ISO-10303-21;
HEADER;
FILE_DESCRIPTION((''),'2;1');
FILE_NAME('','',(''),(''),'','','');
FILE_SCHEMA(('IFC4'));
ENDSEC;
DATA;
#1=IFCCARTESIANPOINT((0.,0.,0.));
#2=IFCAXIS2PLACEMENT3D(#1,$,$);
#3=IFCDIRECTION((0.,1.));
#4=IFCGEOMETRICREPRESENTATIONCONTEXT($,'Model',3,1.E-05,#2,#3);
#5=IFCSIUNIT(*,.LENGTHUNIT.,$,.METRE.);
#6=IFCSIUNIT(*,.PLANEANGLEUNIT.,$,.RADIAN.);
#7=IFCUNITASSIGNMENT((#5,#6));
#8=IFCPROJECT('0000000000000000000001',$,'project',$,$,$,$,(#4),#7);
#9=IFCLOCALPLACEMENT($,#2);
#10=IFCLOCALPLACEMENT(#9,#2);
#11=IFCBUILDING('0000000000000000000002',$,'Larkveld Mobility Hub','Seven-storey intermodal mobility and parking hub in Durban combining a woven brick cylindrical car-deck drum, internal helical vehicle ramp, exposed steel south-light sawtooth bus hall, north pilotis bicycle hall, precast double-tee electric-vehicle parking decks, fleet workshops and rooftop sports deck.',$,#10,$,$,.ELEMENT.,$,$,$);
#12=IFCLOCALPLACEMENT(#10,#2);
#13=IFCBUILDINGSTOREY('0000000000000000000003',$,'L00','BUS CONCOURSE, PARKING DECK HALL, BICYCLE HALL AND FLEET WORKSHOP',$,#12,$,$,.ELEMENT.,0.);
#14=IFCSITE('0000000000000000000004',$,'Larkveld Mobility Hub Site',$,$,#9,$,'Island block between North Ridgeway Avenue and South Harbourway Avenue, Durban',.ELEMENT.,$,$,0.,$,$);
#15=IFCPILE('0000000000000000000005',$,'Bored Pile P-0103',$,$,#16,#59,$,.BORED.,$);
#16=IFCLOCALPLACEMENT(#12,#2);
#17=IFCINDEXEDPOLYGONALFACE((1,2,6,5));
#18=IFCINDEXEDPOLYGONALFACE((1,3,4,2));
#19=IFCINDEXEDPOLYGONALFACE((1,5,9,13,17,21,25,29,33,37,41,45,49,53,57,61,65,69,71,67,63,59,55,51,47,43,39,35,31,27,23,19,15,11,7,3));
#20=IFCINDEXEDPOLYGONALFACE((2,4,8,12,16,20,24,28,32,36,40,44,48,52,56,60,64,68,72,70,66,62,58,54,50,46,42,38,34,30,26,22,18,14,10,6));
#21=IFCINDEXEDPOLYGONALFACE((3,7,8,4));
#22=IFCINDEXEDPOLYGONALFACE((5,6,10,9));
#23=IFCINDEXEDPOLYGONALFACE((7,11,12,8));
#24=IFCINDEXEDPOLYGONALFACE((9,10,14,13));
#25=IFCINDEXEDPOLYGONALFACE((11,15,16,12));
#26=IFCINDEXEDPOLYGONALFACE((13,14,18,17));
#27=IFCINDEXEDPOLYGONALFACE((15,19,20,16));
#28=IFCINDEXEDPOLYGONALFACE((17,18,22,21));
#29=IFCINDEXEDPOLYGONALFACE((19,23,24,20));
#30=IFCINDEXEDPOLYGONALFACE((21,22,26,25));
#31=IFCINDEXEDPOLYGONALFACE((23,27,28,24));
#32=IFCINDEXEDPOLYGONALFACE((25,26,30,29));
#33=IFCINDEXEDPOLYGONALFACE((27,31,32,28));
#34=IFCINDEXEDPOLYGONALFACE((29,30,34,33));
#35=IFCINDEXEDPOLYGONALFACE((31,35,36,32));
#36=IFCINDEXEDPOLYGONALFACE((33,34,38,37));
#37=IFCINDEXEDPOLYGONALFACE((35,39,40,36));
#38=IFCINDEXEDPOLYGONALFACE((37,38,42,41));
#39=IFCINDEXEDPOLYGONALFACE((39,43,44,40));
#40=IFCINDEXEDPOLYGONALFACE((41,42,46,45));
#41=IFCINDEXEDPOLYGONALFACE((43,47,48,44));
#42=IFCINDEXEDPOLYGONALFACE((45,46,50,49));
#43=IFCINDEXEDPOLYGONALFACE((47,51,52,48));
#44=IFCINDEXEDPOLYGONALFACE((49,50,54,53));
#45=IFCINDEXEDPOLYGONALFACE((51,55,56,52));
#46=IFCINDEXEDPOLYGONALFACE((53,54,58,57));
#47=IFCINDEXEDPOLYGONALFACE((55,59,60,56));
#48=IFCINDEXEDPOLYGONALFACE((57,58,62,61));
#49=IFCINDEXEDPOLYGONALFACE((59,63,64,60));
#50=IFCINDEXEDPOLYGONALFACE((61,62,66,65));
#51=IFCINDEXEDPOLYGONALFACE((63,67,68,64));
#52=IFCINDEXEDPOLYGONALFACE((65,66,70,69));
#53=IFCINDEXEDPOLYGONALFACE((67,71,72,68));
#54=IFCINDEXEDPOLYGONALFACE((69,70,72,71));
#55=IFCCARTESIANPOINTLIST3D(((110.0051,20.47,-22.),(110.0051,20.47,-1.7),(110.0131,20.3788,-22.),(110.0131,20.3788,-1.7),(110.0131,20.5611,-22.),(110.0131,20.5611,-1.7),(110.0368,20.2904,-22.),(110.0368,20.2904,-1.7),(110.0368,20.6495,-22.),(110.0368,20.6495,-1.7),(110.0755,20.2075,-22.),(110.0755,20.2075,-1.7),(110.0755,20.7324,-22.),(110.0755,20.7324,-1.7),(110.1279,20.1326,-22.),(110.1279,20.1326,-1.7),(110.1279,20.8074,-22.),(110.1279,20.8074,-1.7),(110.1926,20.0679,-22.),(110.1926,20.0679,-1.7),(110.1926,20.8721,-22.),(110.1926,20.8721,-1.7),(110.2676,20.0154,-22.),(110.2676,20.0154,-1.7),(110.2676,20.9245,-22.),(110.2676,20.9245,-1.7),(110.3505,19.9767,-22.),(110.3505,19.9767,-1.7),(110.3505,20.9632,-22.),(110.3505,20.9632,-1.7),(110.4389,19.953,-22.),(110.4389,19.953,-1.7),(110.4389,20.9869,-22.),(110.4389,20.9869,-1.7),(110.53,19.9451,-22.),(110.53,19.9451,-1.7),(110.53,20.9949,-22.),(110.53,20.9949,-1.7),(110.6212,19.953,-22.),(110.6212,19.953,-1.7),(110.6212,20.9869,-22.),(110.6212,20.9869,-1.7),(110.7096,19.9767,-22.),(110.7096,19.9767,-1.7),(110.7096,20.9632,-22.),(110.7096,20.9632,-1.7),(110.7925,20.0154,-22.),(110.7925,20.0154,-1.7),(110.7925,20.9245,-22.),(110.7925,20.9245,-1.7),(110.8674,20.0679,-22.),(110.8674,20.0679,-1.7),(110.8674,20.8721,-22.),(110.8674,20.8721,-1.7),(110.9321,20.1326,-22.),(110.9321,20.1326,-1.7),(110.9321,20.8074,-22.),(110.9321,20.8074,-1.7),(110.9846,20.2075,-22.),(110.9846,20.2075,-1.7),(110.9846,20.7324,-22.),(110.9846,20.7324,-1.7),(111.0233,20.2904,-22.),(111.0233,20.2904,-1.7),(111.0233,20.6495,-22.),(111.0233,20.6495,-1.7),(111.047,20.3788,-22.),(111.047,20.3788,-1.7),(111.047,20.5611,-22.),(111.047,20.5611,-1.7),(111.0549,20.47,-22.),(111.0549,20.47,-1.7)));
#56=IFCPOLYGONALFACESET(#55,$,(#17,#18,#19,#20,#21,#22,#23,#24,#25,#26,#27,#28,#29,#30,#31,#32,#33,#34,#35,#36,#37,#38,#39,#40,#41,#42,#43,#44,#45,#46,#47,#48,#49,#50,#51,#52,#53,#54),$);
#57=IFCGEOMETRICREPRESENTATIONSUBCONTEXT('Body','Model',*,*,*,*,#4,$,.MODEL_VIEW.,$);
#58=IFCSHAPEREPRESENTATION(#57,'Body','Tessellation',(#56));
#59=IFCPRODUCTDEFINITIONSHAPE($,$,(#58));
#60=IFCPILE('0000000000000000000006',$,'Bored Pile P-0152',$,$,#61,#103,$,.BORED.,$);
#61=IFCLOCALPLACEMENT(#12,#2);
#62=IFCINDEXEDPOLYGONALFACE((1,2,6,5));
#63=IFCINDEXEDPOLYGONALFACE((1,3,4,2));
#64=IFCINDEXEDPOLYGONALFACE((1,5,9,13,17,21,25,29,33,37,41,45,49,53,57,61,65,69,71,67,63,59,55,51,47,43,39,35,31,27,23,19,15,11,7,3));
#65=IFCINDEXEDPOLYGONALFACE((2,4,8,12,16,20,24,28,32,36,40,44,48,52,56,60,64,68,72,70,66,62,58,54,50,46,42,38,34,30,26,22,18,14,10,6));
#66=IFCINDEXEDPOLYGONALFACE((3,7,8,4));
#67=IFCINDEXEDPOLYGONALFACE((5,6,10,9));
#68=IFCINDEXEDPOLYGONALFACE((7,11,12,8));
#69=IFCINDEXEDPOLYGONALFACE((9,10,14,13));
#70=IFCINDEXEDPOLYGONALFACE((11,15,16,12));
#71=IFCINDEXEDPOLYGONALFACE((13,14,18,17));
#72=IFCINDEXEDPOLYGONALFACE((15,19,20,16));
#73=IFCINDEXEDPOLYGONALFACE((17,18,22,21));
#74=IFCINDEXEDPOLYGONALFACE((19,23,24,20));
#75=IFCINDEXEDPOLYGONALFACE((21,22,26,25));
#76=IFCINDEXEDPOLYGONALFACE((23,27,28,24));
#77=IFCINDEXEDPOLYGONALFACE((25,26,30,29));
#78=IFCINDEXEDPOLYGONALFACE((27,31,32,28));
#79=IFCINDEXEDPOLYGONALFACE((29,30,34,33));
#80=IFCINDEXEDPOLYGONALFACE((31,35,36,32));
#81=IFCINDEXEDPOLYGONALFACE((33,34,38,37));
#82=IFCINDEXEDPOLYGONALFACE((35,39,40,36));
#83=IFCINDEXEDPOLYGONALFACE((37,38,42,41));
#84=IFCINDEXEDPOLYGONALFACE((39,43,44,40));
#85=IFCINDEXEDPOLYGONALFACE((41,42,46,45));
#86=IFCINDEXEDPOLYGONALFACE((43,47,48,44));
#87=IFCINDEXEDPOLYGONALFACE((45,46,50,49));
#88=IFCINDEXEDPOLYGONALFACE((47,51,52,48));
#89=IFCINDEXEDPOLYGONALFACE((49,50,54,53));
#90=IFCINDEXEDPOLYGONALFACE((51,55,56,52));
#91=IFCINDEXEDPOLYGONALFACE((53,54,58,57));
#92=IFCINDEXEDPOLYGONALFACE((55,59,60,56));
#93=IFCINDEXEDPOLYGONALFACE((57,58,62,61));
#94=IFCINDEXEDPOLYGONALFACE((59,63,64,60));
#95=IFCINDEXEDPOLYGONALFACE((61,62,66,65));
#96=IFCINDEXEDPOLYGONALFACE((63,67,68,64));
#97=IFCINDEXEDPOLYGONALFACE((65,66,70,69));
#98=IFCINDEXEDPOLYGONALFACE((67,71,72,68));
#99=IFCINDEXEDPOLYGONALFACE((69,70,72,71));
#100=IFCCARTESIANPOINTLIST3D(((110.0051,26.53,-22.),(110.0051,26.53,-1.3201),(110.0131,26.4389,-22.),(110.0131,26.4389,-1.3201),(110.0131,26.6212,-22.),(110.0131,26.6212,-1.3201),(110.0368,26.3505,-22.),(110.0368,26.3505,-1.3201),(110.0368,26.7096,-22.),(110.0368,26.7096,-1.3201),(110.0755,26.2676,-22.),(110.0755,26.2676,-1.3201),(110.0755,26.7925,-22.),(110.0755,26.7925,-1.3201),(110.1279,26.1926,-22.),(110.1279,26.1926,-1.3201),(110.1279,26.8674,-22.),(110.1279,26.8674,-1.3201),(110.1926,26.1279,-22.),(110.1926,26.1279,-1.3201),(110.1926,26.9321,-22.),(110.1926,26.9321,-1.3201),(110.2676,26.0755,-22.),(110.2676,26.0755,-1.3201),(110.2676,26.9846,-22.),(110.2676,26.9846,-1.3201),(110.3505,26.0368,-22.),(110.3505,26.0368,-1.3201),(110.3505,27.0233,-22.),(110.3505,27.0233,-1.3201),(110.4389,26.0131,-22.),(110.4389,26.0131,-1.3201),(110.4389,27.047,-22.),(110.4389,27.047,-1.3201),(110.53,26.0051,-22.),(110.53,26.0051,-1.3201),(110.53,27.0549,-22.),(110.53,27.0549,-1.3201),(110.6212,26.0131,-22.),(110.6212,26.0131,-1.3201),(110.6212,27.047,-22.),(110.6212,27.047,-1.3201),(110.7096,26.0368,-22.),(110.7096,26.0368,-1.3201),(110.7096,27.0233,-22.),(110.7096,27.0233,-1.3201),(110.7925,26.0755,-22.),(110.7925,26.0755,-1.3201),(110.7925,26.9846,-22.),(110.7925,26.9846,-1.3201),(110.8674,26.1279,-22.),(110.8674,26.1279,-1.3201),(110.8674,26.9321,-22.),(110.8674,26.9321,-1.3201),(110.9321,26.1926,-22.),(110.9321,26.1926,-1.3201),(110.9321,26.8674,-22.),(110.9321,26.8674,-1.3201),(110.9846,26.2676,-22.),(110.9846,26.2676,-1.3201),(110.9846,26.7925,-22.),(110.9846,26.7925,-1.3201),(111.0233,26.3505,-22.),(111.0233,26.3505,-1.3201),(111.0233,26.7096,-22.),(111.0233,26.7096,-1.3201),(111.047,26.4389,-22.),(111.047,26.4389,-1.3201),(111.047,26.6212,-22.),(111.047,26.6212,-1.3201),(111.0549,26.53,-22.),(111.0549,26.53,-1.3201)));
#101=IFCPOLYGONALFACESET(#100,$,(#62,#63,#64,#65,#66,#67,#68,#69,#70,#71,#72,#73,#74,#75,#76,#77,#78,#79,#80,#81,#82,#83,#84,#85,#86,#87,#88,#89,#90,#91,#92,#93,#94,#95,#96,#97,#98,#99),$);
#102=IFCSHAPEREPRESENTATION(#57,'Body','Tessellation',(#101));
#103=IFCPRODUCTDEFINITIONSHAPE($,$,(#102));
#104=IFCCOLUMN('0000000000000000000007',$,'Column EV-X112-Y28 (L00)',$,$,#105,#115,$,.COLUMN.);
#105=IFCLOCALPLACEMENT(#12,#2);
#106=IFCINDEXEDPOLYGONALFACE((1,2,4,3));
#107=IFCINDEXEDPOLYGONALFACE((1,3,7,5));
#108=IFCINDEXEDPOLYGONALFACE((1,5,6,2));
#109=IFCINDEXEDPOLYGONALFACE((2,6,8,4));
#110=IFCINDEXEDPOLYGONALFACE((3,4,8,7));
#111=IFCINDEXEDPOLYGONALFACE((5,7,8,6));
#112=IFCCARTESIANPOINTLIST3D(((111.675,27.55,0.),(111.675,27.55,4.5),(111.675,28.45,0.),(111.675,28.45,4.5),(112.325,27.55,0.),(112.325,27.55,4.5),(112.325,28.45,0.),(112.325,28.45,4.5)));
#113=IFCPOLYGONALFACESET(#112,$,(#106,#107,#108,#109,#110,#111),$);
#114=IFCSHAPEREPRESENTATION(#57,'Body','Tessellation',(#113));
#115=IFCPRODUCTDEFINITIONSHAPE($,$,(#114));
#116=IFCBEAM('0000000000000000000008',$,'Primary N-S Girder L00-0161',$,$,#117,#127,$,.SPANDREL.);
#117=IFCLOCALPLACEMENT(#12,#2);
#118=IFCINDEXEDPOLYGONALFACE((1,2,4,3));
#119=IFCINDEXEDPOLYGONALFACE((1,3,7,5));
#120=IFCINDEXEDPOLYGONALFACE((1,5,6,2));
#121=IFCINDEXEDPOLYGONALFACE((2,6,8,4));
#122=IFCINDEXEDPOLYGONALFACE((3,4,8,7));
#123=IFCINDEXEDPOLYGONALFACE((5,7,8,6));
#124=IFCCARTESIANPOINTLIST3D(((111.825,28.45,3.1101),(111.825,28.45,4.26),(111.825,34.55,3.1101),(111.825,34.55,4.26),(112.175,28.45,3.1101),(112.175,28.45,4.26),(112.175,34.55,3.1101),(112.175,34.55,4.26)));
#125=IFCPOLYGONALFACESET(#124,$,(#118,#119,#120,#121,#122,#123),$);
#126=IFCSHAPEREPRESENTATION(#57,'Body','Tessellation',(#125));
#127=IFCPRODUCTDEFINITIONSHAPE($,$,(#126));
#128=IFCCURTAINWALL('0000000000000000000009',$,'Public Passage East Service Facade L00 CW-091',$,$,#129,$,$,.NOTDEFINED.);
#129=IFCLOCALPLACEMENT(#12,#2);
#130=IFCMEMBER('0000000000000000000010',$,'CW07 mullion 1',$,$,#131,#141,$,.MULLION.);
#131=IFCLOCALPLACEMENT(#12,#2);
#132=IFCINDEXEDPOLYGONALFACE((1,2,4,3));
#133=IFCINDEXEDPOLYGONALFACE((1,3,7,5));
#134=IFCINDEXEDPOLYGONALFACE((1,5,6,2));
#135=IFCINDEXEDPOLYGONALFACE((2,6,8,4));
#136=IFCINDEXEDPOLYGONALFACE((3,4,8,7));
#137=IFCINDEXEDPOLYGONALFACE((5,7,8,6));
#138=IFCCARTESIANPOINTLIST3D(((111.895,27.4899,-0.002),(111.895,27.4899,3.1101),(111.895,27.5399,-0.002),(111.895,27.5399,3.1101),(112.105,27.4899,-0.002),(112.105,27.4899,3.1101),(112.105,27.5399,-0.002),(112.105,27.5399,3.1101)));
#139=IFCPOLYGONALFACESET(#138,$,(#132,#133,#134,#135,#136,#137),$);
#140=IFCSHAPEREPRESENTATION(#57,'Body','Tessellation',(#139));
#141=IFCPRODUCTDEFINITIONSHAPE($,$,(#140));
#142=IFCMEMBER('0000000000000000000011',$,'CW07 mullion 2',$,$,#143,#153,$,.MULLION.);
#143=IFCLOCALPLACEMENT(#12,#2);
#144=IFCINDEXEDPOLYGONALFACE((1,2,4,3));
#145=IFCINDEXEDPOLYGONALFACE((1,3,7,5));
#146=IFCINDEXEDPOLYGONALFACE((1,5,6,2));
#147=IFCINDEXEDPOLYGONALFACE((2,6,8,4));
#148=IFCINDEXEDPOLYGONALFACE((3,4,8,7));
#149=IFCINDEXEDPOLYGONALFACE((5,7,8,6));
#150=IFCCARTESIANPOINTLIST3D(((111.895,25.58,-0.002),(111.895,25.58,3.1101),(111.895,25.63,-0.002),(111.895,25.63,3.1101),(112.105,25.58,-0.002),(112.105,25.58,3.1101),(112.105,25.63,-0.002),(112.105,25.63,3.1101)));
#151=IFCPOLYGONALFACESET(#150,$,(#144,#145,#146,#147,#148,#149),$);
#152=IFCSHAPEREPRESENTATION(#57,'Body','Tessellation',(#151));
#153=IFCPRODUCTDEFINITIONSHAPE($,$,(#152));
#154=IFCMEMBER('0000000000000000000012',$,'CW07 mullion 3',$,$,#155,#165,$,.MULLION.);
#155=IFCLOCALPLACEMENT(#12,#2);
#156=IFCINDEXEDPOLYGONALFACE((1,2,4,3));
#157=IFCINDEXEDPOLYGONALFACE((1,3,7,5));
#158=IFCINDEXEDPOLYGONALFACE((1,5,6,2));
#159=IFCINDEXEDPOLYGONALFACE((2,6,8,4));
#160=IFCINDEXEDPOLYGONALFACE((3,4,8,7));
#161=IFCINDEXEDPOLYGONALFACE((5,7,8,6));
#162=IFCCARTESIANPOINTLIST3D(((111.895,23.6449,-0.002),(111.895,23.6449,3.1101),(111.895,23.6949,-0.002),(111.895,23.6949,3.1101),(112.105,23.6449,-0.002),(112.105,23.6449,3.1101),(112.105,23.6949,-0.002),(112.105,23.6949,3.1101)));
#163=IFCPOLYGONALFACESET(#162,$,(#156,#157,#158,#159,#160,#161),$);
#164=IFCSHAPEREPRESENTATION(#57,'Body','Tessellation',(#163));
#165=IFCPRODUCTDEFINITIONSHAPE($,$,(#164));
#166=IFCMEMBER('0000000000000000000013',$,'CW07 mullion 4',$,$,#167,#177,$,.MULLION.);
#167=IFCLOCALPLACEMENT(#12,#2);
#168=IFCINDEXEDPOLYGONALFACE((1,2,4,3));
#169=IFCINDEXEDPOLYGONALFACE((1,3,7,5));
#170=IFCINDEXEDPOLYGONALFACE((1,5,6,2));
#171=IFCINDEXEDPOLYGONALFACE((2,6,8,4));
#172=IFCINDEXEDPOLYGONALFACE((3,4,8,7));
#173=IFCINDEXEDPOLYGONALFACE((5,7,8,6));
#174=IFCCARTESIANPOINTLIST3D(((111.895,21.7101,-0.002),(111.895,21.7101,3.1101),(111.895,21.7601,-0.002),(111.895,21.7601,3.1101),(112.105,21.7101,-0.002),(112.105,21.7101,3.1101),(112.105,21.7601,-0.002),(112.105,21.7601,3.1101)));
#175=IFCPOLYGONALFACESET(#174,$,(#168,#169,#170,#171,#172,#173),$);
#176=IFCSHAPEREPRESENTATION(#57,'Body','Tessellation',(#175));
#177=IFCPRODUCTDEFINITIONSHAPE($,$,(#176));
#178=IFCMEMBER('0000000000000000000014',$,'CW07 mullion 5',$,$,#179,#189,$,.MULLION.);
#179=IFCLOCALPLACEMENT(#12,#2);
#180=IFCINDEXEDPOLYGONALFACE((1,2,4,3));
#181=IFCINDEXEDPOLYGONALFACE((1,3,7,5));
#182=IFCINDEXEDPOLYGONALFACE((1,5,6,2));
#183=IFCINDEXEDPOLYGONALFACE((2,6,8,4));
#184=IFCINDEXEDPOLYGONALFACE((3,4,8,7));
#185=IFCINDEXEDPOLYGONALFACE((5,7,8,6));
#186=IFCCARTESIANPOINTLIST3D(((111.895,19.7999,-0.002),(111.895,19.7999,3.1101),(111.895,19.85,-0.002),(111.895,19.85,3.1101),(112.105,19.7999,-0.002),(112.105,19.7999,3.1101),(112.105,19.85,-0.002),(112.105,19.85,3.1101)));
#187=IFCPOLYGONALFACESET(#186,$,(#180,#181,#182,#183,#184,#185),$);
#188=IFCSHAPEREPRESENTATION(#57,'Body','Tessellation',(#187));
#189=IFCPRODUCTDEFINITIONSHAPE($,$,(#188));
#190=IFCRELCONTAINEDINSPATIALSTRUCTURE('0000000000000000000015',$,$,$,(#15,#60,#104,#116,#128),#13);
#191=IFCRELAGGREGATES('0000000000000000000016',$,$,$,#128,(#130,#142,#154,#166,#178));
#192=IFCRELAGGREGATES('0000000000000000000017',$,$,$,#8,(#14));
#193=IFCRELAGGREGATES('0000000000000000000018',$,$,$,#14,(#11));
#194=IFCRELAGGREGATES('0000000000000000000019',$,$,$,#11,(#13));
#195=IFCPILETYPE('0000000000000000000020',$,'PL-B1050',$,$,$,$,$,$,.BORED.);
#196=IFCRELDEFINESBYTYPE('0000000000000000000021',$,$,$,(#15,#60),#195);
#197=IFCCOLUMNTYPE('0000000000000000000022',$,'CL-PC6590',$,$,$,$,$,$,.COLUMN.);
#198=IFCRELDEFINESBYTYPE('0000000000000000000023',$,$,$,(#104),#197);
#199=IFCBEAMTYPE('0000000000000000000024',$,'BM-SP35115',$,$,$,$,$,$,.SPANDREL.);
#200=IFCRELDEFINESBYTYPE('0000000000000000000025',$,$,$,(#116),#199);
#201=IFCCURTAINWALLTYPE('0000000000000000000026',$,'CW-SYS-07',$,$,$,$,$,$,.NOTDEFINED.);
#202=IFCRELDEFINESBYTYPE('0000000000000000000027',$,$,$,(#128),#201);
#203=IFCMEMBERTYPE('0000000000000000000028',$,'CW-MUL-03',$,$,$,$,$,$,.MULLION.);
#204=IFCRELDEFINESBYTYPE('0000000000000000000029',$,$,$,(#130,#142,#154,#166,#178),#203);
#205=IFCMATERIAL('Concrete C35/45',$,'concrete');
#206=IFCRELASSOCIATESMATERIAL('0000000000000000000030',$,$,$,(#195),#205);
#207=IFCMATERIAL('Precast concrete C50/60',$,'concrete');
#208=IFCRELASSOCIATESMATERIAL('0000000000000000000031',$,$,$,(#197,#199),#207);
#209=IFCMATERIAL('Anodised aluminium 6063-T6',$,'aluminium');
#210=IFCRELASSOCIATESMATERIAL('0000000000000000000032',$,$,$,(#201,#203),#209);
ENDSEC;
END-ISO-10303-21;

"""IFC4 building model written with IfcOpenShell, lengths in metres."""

from ifc_helpers import new_model, si_unit, direction, frame, origin, origin_2d, place, context, subcontext, project, spatial, rectangle, circle, extrude, material, material_profile, profile_set, type_object, element, aggregate, save


model = new_model("IFC4")

# Units and contexts
model_context = context("Model", 3, precision=1e-05, world=origin(), true_north=direction((0.0, 1.0)))
body_context = subcontext(model_context, "Body", "Model", "MODEL_VIEW")
ifc_project = project(units=[si_unit("LENGTHUNIT", "METRE"), si_unit("PLANEANGLEUNIT", "RADIAN")], contexts=[model_context])

# Site, building, storey
site_placement = place(None, origin())
site = spatial("IfcSite", under=ifc_project, at=site_placement, Name="Larkveld Mobility Hub Site", LongName="Island block between North Ridgeway Avenue and South Harbourway Avenue, Durban", CompositionType="ELEMENT", RefElevation=0.0)
building_placement = place(site_placement, origin())
building = spatial("IfcBuilding", under=site, at=building_placement, Name="Larkveld Mobility Hub", Description="Seven-storey intermodal mobility and parking hub in Durban combining a woven brick cylindrical car-deck drum, internal helical vehicle ramp, exposed steel south-light sawtooth bus hall, north pilotis bicycle hall, precast double-tee electric-vehicle parking decks, fleet workshops and rooftop sports deck.", CompositionType="ELEMENT")
storey_placement = place(building_placement, origin())
storey = spatial("IfcBuildingStorey", under=building, at=storey_placement, Name="L00", Description="BUS CONCOURSE, PARKING DECK HALL, BICYCLE HALL AND FLEET WORKSHOP", CompositionType="ELEMENT", Elevation=0.0)

# Shared definitions
ifc_material_1 = material(Name="Concrete C35/45", Category="concrete")

# Piles
ifc_material_profile_1 = material_profile(ifc_material_1, circle(Radius=0.5249, at=origin_2d()), Name="PILE D1050")
ifc_profile_set_1 = profile_set([ifc_material_profile_1], Name="Concrete C35/45")
pile_type_1 = type_object("IfcPileType", Name="PL-B1050", PredefinedType="BORED", material=ifc_profile_set_1)
pile_1_placement = place(storey_placement, frame((110.53, 20.47, -1.7), z_axis=(0.0, 0.0, -1.0), x_axis=(1.0, 0.0, 0.0)))
element("IfcPile", 1, at=pile_1_placement, inside=storey, type_object=pile_type_1, Name="Bored Pile P-0103", PredefinedType="BORED", context=body_context, shape_type="SweptSolid", body=[
    extrude(circle(Radius=0.5249, at=origin_2d()), origin(), (0.0, 0.0, 1.0), 20.3),
])
pile_2_placement = place(storey_placement, frame((110.53, 26.53, -1.3201), z_axis=(0.0, 0.0, -1.0), x_axis=(1.0, 0.0, 0.0)))
element("IfcPile", 2, at=pile_2_placement, inside=storey, type_object=pile_type_1, Name="Bored Pile P-0152", PredefinedType="BORED", context=body_context, shape_type="SweptSolid", body=[
    extrude(circle(Radius=0.5249, at=origin_2d()), origin(), (0.0, 0.0, 1.0), 20.6799),
])

# Column
ifc_material_2 = material(Name="Precast concrete C50/60", Category="concrete")
ifc_material_profile_2 = material_profile(ifc_material_2, rectangle(XDim=0.6499, YDim=0.8999, at=origin_2d()), Name="RC COL 650x900")
ifc_profile_set_2 = profile_set([ifc_material_profile_2], Name="Precast concrete C50/60")
column_type = type_object("IfcColumnType", Name="CL-PC6590", PredefinedType="COLUMN", material=ifc_profile_set_2)
column_placement = place(storey_placement, frame((112.0, 28.0, 0.0), z_axis=(0.0, 0.0, 1.0), x_axis=(1.0, 0.0, 0.0)))
element("IfcColumn", 3, at=column_placement, inside=storey, type_object=column_type, Name="Column EV-X112-Y28 (L00)", PredefinedType="COLUMN", context=body_context, shape_type="SweptSolid", body=[
    extrude(rectangle(XDim=0.6499, YDim=0.8999, at=origin_2d()), origin(), (0.0, 0.0, 1.0), 4.5),
])

# Beam
ifc_material_profile_3 = material_profile(ifc_material_2, rectangle(XDim=0.3501, YDim=1.1499, at=origin_2d()), Name="PC SP 350x1150")
ifc_profile_set_3 = profile_set([ifc_material_profile_3], Name="Precast concrete C50/60")
beam_type = type_object("IfcBeamType", Name="BM-SP35115", PredefinedType="SPANDREL", material=ifc_profile_set_3)
beam_placement = place(storey_placement, frame((112.0, 28.45, 3.6851), z_axis=(0.0, 1.0, 0.0), x_axis=(-1.0, 0.0, 0.0)))
element("IfcBeam", 4, at=beam_placement, inside=storey, type_object=beam_type, Name="Primary N-S Girder L00-0161", PredefinedType="SPANDREL", context=body_context, shape_type="SweptSolid", body=[
    extrude(rectangle(XDim=0.3501, YDim=1.1499, at=origin_2d()), origin(), (0.0, 0.0, 1.0), 6.1001),
])

# Curtain wall, members
ifc_material_3 = material(Name="Anodised aluminium 6063-T6", Category="aluminium")
curtain_wall_type = type_object("IfcCurtainWallType", Name="CW-SYS-07", PredefinedType="NOTDEFINED", material=ifc_material_3)
curtain_wall_placement = place(storey_placement, origin())
curtain_wall = element("IfcCurtainWall", 5, at=curtain_wall_placement, inside=storey, type_object=curtain_wall_type, Name="Public Passage East Service Facade L00 CW-091", PredefinedType="NOTDEFINED")
ifc_material_profile_4 = material_profile(ifc_material_3, rectangle(XDim=0.05, YDim=0.21, at=origin_2d()), Name="ALU MULL 50x210")
ifc_profile_set_4 = profile_set([ifc_material_profile_4], Name="Anodised aluminium 6063-T6")
member_type_1 = type_object("IfcMemberType", Name="CW-MUL-03", PredefinedType="MULLION", material=ifc_profile_set_4)
member_1_placement = place(storey_placement, frame((112.0, 27.5149, -0.002), z_axis=(0.0, 0.0, 1.0), x_axis=(0.0, -1.0, 0.0)))
member_1 = element("IfcMember", 6, at=member_1_placement, type_object=member_type_1, Name="CW07 mullion 1", PredefinedType="MULLION", context=body_context, shape_type="SweptSolid", body=[
    extrude(rectangle(XDim=0.05, YDim=0.21, at=origin_2d()), origin(), (0.0, 0.0, 1.0), 3.1121),
])
member_2_placement = place(storey_placement, frame((112.0, 25.605, -0.002), z_axis=(0.0, 0.0, 1.0), x_axis=(0.0, -1.0, 0.0)))
member_2 = element("IfcMember", 7, at=member_2_placement, type_object=member_type_1, Name="CW07 mullion 2", PredefinedType="MULLION", context=body_context, shape_type="SweptSolid", body=[
    extrude(rectangle(XDim=0.05, YDim=0.21, at=origin_2d()), origin(), (0.0, 0.0, 1.0), 3.1121),
])
member_3_placement = place(storey_placement, frame((112.0, 23.6699, -0.002), z_axis=(0.0, 0.0, 1.0), x_axis=(0.0, -1.0, 0.0)))
member_3 = element("IfcMember", 8, at=member_3_placement, type_object=member_type_1, Name="CW07 mullion 3", PredefinedType="MULLION", context=body_context, shape_type="SweptSolid", body=[
    extrude(rectangle(XDim=0.05, YDim=0.21, at=origin_2d()), origin(), (0.0, 0.0, 1.0), 3.1121),
])
member_4_placement = place(storey_placement, frame((112.0, 21.7351, -0.002), z_axis=(0.0, 0.0, 1.0), x_axis=(0.0, -1.0, 0.0)))
member_4 = element("IfcMember", 9, at=member_4_placement, type_object=member_type_1, Name="CW07 mullion 4", PredefinedType="MULLION", context=body_context, shape_type="SweptSolid", body=[
    extrude(rectangle(XDim=0.05, YDim=0.21, at=origin_2d()), origin(), (0.0, 0.0, 1.0), 3.1121),
])
member_5_placement = place(storey_placement, frame((112.0, 19.825, -0.002), z_axis=(0.0, 0.0, 1.0), x_axis=(0.0, -1.0, 0.0)))
member_5 = element("IfcMember", 10, at=member_5_placement, type_object=member_type_1, Name="CW07 mullion 5", PredefinedType="MULLION", context=body_context, shape_type="SweptSolid", body=[
    extrude(rectangle(XDim=0.05, YDim=0.21, at=origin_2d()), origin(), (0.0, 0.0, 1.0), 3.1121),
])
aggregate(curtain_wall, [member_1, member_2, member_3, member_4, member_5])

save(model, "model.ifc")
